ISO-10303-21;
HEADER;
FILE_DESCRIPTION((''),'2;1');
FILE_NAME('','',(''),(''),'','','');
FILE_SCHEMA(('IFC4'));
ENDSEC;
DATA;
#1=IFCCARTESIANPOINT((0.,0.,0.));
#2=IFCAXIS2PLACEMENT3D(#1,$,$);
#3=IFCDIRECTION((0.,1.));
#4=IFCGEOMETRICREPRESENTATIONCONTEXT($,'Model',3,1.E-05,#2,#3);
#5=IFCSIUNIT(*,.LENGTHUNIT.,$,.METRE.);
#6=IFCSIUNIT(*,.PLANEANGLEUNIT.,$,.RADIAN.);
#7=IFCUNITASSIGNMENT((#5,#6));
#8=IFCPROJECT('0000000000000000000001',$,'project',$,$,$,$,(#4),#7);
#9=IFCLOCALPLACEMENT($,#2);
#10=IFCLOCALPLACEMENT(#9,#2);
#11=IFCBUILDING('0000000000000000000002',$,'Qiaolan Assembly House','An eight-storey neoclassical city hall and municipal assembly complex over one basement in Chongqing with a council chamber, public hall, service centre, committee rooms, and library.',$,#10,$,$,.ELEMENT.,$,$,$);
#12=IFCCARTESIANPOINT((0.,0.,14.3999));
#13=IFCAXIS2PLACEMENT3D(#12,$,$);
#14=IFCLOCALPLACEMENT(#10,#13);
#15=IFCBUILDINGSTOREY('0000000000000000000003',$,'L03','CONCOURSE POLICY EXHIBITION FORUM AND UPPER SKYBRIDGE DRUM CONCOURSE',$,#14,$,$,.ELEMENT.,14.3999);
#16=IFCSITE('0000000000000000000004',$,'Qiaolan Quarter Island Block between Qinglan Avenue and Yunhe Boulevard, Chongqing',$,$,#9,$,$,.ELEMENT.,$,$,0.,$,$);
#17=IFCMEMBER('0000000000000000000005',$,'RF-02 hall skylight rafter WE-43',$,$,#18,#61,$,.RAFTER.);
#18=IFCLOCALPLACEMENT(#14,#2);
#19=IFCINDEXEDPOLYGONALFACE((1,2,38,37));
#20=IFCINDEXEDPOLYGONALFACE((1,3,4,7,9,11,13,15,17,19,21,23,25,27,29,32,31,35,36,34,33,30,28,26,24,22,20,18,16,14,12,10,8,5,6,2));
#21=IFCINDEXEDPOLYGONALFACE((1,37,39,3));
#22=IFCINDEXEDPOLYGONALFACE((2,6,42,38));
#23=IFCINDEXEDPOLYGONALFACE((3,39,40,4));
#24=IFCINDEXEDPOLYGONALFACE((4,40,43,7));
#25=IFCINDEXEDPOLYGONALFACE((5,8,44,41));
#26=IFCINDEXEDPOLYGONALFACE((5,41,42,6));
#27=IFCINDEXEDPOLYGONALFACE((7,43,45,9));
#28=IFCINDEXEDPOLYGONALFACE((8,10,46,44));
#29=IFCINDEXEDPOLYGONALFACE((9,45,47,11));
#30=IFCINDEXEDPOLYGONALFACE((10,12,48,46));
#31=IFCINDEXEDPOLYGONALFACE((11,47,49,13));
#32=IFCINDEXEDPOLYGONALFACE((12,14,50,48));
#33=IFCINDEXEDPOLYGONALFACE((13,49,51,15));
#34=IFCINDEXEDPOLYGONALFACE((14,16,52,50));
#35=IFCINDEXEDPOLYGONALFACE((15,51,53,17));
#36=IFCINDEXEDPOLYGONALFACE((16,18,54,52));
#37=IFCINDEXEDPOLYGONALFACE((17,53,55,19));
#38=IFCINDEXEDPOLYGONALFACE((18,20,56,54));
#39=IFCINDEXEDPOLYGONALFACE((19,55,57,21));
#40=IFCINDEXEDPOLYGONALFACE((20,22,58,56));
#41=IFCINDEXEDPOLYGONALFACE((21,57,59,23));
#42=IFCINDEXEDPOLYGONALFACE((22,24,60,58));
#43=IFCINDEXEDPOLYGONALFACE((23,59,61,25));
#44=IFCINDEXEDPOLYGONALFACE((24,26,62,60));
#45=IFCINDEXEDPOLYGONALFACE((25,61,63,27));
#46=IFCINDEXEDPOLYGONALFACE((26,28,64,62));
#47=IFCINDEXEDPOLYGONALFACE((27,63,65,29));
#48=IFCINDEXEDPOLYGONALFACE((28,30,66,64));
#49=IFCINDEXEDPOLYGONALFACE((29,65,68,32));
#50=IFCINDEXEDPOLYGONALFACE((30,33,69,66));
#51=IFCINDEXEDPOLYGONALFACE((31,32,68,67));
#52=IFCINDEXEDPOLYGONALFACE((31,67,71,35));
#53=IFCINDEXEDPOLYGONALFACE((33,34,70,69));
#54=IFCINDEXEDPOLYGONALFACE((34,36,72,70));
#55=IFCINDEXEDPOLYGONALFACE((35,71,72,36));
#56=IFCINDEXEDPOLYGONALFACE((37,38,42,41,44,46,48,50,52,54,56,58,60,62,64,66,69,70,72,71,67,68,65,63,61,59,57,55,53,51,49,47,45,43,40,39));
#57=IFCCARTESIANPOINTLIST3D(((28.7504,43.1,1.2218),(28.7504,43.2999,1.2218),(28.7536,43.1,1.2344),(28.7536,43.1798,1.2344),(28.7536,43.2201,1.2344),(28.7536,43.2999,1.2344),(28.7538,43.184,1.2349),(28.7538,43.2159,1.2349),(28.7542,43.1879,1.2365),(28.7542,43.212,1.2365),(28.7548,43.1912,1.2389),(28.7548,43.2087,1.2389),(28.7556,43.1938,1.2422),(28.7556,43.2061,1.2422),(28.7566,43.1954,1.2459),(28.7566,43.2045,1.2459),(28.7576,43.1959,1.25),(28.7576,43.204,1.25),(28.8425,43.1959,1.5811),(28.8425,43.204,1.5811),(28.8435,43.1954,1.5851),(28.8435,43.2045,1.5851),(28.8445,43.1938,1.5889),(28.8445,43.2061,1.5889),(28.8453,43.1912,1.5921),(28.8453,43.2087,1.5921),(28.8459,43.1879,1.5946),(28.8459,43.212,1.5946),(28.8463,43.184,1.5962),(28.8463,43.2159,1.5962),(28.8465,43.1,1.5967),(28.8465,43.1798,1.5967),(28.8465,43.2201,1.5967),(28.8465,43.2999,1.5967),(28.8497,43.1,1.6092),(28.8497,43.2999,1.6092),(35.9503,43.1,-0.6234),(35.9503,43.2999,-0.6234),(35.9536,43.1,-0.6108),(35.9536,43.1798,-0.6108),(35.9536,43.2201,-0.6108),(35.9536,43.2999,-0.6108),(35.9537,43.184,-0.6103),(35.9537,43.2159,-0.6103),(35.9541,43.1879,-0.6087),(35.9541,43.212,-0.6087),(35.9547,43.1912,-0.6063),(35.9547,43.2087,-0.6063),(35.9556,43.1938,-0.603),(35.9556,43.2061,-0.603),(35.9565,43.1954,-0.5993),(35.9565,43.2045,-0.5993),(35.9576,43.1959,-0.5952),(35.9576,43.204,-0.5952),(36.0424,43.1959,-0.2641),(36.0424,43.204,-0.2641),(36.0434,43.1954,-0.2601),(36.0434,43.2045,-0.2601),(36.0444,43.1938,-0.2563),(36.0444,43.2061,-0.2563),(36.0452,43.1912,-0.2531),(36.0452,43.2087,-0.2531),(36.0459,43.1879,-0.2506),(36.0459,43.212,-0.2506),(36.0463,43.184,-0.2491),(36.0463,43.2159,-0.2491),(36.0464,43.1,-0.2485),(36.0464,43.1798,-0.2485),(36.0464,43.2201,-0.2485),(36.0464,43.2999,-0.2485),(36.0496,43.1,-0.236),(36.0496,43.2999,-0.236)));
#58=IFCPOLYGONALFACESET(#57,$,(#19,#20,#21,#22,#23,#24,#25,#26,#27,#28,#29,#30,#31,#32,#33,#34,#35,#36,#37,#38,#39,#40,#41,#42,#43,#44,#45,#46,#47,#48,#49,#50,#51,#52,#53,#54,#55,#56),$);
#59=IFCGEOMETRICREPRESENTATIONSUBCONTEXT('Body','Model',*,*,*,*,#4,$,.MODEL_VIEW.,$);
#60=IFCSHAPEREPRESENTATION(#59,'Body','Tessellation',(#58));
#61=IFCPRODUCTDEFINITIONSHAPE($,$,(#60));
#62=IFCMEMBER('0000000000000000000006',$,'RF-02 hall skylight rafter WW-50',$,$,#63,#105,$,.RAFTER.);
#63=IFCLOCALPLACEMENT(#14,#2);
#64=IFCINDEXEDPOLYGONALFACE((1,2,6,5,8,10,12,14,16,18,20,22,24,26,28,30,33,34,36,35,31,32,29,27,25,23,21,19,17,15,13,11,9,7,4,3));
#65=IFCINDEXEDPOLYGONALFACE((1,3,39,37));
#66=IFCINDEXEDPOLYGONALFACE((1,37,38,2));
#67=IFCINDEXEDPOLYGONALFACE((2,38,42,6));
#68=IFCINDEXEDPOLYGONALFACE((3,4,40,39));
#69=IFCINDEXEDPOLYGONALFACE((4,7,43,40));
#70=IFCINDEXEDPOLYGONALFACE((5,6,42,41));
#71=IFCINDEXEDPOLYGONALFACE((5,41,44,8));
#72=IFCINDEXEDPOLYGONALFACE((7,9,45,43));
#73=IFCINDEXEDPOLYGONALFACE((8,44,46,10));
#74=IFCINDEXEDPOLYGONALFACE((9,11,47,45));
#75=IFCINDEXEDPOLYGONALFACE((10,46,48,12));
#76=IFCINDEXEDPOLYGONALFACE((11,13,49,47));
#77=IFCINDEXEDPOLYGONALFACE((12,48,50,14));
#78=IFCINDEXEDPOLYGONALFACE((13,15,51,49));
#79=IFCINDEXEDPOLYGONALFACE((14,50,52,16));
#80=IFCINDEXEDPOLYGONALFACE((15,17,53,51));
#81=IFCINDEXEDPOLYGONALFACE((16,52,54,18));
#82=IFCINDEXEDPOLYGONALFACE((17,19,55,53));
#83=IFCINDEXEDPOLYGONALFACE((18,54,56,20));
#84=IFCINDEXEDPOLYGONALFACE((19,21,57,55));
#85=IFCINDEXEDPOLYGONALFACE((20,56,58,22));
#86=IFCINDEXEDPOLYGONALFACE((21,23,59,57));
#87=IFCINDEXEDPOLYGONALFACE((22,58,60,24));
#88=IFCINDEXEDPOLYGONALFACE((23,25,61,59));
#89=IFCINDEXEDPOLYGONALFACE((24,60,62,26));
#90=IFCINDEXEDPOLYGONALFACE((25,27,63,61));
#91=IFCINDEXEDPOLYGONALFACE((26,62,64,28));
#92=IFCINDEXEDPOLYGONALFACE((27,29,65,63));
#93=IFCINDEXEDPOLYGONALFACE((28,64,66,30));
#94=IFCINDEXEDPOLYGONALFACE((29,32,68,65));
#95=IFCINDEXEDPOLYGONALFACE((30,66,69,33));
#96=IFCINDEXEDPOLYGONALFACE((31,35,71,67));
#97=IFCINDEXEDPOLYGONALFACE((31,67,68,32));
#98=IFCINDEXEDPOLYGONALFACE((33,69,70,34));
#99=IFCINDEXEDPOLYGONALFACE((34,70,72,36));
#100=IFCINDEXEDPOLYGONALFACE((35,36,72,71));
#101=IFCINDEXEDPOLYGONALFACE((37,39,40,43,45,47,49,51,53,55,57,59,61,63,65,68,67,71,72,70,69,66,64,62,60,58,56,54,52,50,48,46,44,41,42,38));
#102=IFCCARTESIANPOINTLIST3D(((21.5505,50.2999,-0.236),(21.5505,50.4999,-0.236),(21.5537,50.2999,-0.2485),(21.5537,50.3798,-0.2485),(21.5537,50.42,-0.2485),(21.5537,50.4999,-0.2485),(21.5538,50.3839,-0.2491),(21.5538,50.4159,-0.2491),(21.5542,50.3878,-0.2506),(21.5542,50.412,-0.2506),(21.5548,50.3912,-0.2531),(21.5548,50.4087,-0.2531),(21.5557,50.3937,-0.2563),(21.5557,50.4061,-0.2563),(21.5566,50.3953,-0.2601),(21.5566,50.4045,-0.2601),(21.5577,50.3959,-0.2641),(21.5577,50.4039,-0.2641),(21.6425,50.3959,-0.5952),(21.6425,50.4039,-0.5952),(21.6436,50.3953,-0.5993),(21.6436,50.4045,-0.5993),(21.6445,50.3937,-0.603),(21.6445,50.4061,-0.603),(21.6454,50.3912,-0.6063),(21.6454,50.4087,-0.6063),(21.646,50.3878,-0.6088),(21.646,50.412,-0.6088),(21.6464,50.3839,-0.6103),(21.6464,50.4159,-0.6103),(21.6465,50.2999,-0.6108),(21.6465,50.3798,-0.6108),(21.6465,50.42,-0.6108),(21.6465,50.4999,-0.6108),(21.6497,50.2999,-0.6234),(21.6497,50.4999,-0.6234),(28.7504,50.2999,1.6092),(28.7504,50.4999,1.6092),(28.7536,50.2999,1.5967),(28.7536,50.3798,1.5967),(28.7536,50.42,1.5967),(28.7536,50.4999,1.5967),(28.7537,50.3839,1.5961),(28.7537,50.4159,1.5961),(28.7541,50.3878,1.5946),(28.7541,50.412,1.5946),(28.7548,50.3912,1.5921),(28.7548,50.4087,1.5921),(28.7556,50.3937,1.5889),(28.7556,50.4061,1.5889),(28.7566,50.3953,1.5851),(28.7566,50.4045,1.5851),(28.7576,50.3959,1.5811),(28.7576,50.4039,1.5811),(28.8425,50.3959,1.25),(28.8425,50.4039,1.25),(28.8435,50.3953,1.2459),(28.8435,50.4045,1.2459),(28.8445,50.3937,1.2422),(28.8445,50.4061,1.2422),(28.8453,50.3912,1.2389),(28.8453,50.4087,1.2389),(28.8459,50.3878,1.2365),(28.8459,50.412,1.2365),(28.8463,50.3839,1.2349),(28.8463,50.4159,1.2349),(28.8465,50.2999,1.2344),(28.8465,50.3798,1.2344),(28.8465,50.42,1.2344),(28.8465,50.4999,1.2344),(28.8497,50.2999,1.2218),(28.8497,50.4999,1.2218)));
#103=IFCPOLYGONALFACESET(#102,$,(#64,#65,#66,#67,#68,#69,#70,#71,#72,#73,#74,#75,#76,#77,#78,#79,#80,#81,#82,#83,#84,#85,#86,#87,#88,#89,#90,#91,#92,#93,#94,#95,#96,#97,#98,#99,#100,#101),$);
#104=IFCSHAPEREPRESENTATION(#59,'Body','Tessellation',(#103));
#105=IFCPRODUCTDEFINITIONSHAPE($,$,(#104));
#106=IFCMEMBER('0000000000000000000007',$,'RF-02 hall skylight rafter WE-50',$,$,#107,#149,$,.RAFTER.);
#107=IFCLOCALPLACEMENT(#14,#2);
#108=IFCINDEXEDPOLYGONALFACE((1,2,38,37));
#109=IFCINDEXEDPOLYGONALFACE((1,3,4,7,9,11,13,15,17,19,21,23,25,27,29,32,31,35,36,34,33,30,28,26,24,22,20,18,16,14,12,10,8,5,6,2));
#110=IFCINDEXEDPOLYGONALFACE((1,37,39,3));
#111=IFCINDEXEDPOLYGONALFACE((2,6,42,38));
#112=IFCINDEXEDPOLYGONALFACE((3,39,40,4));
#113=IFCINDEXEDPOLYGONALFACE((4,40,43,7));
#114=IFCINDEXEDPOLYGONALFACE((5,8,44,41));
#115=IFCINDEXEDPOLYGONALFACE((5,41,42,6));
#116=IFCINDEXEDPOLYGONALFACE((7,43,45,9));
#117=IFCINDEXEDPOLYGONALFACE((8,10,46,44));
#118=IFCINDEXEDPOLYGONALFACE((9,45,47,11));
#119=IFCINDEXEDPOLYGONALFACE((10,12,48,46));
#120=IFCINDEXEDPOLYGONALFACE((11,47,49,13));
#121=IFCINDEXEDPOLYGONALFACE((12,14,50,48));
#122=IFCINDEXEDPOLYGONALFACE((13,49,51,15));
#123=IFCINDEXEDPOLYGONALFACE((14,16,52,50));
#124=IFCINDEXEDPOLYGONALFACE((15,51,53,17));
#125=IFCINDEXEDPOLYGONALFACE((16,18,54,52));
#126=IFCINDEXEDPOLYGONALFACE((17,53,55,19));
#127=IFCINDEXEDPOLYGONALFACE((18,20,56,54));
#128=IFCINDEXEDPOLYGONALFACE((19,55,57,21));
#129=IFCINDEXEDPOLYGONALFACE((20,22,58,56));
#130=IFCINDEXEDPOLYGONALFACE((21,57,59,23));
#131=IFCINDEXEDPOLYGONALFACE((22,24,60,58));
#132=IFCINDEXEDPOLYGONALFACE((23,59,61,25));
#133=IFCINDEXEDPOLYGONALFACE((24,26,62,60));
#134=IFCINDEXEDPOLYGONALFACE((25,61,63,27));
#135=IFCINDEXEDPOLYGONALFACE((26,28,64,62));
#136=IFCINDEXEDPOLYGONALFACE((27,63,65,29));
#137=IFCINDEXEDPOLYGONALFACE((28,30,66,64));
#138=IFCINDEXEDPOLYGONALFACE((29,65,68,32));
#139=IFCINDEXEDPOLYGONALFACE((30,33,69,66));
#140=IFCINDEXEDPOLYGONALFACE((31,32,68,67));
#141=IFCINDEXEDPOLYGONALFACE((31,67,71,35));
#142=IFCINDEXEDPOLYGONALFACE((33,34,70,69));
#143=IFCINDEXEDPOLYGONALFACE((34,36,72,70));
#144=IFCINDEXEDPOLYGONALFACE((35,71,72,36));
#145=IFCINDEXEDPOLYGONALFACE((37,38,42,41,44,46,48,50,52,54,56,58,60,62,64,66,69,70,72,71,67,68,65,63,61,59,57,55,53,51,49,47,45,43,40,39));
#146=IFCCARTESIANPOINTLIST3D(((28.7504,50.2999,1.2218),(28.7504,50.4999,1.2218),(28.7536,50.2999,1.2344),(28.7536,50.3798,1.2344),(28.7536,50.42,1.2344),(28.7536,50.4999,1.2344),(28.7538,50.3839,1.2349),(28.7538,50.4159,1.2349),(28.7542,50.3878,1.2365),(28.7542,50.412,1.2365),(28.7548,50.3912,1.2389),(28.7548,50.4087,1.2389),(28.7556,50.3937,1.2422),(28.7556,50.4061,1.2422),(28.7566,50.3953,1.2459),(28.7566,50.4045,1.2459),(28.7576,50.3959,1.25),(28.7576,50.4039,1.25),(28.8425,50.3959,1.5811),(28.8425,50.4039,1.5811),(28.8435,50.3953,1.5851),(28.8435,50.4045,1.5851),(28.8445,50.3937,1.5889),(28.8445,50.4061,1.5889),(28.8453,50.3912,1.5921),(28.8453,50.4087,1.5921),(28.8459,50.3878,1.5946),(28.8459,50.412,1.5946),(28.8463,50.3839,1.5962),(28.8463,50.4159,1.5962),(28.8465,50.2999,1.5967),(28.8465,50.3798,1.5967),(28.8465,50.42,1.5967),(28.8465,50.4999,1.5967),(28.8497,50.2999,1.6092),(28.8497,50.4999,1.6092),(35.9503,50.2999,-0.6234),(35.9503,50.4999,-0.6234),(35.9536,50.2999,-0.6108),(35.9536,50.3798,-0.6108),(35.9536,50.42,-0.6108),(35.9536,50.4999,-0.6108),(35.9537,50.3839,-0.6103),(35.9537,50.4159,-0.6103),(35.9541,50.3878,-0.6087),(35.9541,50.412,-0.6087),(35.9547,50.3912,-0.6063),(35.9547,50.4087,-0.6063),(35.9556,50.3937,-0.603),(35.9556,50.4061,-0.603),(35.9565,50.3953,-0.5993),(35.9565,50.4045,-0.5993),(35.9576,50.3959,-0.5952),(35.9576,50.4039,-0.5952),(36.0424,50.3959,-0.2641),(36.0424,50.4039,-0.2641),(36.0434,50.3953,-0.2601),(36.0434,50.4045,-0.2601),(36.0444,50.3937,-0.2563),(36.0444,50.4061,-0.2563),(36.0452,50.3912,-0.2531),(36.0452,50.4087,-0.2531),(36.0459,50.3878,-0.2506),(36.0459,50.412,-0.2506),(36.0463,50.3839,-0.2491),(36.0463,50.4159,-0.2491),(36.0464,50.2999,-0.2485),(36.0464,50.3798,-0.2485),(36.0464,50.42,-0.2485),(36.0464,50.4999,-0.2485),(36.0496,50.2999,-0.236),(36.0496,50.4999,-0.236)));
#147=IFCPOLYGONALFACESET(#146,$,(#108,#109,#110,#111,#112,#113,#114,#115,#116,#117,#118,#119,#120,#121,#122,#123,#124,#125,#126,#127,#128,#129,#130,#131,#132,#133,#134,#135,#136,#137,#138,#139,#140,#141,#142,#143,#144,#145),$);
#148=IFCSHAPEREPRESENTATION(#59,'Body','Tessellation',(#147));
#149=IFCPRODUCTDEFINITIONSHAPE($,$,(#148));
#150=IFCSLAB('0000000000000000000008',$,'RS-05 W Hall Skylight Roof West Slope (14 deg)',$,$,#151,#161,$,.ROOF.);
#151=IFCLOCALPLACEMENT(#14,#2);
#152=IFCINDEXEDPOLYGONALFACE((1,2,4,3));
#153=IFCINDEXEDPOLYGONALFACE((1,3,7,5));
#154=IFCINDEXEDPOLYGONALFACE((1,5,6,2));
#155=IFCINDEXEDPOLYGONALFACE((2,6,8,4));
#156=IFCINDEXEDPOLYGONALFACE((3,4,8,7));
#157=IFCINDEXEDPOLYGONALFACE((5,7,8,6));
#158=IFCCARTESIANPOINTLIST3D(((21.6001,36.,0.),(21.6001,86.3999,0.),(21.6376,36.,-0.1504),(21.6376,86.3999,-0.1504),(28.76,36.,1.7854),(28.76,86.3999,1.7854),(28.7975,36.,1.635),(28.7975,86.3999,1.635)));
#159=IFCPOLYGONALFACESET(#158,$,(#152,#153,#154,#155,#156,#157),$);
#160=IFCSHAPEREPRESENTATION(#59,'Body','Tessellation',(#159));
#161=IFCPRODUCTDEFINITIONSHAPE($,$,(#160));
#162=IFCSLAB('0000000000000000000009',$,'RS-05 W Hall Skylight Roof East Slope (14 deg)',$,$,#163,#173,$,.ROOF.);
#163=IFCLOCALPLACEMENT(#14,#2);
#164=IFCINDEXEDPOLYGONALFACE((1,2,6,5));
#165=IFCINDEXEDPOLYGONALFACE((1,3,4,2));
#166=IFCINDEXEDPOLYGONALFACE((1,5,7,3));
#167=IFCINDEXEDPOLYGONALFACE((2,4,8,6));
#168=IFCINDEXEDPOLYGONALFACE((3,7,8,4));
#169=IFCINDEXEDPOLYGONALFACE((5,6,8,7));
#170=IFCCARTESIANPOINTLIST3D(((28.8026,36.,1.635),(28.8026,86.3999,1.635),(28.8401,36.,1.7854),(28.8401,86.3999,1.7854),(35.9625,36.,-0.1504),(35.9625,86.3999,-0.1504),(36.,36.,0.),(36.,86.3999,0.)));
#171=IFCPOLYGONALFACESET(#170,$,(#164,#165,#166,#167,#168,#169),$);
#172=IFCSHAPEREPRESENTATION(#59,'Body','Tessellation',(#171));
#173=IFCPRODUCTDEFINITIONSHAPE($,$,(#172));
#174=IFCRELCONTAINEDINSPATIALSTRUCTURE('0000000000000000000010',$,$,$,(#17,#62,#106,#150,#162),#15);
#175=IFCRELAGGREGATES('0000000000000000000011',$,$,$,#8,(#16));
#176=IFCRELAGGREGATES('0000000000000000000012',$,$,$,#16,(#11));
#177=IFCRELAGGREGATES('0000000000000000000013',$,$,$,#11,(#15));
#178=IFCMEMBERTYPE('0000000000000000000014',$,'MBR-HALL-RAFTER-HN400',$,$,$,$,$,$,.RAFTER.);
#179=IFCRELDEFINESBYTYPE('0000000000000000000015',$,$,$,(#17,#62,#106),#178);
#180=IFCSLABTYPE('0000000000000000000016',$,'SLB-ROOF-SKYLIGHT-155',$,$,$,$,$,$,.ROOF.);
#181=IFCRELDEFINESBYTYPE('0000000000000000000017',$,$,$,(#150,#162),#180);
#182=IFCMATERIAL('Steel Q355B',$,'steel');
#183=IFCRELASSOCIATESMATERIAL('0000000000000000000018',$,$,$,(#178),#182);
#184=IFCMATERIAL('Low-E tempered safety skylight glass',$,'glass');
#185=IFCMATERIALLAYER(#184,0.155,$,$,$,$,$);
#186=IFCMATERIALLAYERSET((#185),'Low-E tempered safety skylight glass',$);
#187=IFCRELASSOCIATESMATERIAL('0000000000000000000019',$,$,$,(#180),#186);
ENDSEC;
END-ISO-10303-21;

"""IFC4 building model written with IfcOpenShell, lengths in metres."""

from ifc_helpers import new_model, si_unit, direction, frame, origin, origin_2d, place, context, subcontext, project, spatial, polyline, i_section, outline, extrude, material, layer, layer_set, material_profile, profile_set, type_object, element, save


model = new_model("IFC4")

# Units and contexts
model_context = context("Model", 3, precision=1e-05, world=origin(), true_north=direction((0.0, 1.0)))
body_context = subcontext(model_context, "Body", "Model", "MODEL_VIEW")
ifc_project = project(units=[si_unit("LENGTHUNIT", "METRE"), si_unit("PLANEANGLEUNIT", "RADIAN")], contexts=[model_context])

# Site, building, storey
site_placement = place(None, origin())
site = spatial("IfcSite", under=ifc_project, at=site_placement, Name="Qiaolan Quarter Island Block between Qinglan Avenue and Yunhe Boulevard, Chongqing", CompositionType="ELEMENT", RefElevation=0.0)
building_placement = place(site_placement, origin())
building = spatial("IfcBuilding", under=site, at=building_placement, Name="Qiaolan Assembly House", Description="An eight-storey neoclassical city hall and municipal assembly complex over one basement in Chongqing with a council chamber, public hall, service centre, committee rooms, and library.", CompositionType="ELEMENT")
storey_placement = place(building_placement, frame((0.0, 0.0, 14.3999)))
storey = spatial("IfcBuildingStorey", under=building, at=storey_placement, Name="L03", Description="CONCOURSE POLICY EXHIBITION FORUM AND UPPER SKYBRIDGE DRUM CONCOURSE", CompositionType="ELEMENT", Elevation=14.3999)

# Shared definitions
ifc_material_1 = material(Name="Steel Q355B", Category="steel")

# Members
ifc_material_profile_1 = material_profile(ifc_material_1, i_section(OverallWidth=0.2, OverallDepth=0.3999, WebThickness=0.0081, FlangeThickness=0.0129, FilletRadius=0.0161, at=origin_2d()), Name="HN 400x200x8x13-RF")
ifc_profile_set_1 = profile_set([ifc_material_profile_1], Name="Steel Q355B")
member_type = type_object("IfcMemberType", Name="MBR-HALL-RAFTER-HN400", PredefinedType="RAFTER", material=ifc_profile_set_1)
for number, where, z_axis, x_axis, name in (
    (1, (28.8, 43.2, 1.4155), (0.968694, 0.0, -0.248258), (0.0, 1.0, 0.0), "RF-02 hall skylight rafter WE-43"),
    (2, (21.6001, 50.3999, -0.4297), (0.968694, 0.0, 0.248258), (0.0, 1.0, 0.0), "RF-02 hall skylight rafter WW-50"),
    (3, (28.8, 50.3999, 1.4155), (0.968694, 0.0, -0.248258), (0.0, 1.0, 0.0), "RF-02 hall skylight rafter WE-50"),
):
    element("IfcMember", number, at=place(storey_placement, frame(where, z_axis=z_axis, x_axis=x_axis)), inside=storey, type_object=member_type, Name=name, PredefinedType="RAFTER", context=body_context, shape_type="SweptSolid", body=[
        extrude(i_section(OverallWidth=0.2, OverallDepth=0.3999, WebThickness=0.0081, FlangeThickness=0.0129, FilletRadius=0.0161, at=origin_2d()), origin(), (0.0, 0.0, 1.0), 7.4326),
    ])

# Slabs
ifc_material_2 = material(Name="Low-E tempered safety skylight glass", Category="glass")
ifc_layer = layer(ifc_material_2, 0.155)
ifc_layer_set = layer_set([ifc_layer], Name="Low-E tempered safety skylight glass")
slab_type = type_object("IfcSlabType", Name="SLB-ROOF-SKYLIGHT-155", PredefinedType="ROOF", material=ifc_layer_set)
for number, where, z_axis, x_axis, name in (
    (4, (21.6001, 36.0, 0.0), (-0.241952, 0.0, 0.970288), (0.970288, 0.0, 0.241952), "RS-05 W Hall Skylight Roof West Slope (14 deg)"),
    (5, (28.8401, 36.0, 1.7854), (0.241952, 0.0, 0.970288), (0.970288, 0.0, -0.241952), "RS-05 W Hall Skylight Roof East Slope (14 deg)"),
):
    element("IfcSlab", number, at=place(storey_placement, frame(where, z_axis=z_axis, x_axis=x_axis)), inside=storey, type_object=slab_type, Name=name, PredefinedType="ROOF", context=body_context, shape_type="SweptSolid", body=[
        extrude(outline(polyline([(0.0, 0.0), (7.3792, 0.0), (7.3792, 50.3999), (0.0, 50.3999), (0.0, 0.0)])), origin(), (0.0, 0.0, -1.0), 0.155),
    ])

save(model, "model.ifc")
